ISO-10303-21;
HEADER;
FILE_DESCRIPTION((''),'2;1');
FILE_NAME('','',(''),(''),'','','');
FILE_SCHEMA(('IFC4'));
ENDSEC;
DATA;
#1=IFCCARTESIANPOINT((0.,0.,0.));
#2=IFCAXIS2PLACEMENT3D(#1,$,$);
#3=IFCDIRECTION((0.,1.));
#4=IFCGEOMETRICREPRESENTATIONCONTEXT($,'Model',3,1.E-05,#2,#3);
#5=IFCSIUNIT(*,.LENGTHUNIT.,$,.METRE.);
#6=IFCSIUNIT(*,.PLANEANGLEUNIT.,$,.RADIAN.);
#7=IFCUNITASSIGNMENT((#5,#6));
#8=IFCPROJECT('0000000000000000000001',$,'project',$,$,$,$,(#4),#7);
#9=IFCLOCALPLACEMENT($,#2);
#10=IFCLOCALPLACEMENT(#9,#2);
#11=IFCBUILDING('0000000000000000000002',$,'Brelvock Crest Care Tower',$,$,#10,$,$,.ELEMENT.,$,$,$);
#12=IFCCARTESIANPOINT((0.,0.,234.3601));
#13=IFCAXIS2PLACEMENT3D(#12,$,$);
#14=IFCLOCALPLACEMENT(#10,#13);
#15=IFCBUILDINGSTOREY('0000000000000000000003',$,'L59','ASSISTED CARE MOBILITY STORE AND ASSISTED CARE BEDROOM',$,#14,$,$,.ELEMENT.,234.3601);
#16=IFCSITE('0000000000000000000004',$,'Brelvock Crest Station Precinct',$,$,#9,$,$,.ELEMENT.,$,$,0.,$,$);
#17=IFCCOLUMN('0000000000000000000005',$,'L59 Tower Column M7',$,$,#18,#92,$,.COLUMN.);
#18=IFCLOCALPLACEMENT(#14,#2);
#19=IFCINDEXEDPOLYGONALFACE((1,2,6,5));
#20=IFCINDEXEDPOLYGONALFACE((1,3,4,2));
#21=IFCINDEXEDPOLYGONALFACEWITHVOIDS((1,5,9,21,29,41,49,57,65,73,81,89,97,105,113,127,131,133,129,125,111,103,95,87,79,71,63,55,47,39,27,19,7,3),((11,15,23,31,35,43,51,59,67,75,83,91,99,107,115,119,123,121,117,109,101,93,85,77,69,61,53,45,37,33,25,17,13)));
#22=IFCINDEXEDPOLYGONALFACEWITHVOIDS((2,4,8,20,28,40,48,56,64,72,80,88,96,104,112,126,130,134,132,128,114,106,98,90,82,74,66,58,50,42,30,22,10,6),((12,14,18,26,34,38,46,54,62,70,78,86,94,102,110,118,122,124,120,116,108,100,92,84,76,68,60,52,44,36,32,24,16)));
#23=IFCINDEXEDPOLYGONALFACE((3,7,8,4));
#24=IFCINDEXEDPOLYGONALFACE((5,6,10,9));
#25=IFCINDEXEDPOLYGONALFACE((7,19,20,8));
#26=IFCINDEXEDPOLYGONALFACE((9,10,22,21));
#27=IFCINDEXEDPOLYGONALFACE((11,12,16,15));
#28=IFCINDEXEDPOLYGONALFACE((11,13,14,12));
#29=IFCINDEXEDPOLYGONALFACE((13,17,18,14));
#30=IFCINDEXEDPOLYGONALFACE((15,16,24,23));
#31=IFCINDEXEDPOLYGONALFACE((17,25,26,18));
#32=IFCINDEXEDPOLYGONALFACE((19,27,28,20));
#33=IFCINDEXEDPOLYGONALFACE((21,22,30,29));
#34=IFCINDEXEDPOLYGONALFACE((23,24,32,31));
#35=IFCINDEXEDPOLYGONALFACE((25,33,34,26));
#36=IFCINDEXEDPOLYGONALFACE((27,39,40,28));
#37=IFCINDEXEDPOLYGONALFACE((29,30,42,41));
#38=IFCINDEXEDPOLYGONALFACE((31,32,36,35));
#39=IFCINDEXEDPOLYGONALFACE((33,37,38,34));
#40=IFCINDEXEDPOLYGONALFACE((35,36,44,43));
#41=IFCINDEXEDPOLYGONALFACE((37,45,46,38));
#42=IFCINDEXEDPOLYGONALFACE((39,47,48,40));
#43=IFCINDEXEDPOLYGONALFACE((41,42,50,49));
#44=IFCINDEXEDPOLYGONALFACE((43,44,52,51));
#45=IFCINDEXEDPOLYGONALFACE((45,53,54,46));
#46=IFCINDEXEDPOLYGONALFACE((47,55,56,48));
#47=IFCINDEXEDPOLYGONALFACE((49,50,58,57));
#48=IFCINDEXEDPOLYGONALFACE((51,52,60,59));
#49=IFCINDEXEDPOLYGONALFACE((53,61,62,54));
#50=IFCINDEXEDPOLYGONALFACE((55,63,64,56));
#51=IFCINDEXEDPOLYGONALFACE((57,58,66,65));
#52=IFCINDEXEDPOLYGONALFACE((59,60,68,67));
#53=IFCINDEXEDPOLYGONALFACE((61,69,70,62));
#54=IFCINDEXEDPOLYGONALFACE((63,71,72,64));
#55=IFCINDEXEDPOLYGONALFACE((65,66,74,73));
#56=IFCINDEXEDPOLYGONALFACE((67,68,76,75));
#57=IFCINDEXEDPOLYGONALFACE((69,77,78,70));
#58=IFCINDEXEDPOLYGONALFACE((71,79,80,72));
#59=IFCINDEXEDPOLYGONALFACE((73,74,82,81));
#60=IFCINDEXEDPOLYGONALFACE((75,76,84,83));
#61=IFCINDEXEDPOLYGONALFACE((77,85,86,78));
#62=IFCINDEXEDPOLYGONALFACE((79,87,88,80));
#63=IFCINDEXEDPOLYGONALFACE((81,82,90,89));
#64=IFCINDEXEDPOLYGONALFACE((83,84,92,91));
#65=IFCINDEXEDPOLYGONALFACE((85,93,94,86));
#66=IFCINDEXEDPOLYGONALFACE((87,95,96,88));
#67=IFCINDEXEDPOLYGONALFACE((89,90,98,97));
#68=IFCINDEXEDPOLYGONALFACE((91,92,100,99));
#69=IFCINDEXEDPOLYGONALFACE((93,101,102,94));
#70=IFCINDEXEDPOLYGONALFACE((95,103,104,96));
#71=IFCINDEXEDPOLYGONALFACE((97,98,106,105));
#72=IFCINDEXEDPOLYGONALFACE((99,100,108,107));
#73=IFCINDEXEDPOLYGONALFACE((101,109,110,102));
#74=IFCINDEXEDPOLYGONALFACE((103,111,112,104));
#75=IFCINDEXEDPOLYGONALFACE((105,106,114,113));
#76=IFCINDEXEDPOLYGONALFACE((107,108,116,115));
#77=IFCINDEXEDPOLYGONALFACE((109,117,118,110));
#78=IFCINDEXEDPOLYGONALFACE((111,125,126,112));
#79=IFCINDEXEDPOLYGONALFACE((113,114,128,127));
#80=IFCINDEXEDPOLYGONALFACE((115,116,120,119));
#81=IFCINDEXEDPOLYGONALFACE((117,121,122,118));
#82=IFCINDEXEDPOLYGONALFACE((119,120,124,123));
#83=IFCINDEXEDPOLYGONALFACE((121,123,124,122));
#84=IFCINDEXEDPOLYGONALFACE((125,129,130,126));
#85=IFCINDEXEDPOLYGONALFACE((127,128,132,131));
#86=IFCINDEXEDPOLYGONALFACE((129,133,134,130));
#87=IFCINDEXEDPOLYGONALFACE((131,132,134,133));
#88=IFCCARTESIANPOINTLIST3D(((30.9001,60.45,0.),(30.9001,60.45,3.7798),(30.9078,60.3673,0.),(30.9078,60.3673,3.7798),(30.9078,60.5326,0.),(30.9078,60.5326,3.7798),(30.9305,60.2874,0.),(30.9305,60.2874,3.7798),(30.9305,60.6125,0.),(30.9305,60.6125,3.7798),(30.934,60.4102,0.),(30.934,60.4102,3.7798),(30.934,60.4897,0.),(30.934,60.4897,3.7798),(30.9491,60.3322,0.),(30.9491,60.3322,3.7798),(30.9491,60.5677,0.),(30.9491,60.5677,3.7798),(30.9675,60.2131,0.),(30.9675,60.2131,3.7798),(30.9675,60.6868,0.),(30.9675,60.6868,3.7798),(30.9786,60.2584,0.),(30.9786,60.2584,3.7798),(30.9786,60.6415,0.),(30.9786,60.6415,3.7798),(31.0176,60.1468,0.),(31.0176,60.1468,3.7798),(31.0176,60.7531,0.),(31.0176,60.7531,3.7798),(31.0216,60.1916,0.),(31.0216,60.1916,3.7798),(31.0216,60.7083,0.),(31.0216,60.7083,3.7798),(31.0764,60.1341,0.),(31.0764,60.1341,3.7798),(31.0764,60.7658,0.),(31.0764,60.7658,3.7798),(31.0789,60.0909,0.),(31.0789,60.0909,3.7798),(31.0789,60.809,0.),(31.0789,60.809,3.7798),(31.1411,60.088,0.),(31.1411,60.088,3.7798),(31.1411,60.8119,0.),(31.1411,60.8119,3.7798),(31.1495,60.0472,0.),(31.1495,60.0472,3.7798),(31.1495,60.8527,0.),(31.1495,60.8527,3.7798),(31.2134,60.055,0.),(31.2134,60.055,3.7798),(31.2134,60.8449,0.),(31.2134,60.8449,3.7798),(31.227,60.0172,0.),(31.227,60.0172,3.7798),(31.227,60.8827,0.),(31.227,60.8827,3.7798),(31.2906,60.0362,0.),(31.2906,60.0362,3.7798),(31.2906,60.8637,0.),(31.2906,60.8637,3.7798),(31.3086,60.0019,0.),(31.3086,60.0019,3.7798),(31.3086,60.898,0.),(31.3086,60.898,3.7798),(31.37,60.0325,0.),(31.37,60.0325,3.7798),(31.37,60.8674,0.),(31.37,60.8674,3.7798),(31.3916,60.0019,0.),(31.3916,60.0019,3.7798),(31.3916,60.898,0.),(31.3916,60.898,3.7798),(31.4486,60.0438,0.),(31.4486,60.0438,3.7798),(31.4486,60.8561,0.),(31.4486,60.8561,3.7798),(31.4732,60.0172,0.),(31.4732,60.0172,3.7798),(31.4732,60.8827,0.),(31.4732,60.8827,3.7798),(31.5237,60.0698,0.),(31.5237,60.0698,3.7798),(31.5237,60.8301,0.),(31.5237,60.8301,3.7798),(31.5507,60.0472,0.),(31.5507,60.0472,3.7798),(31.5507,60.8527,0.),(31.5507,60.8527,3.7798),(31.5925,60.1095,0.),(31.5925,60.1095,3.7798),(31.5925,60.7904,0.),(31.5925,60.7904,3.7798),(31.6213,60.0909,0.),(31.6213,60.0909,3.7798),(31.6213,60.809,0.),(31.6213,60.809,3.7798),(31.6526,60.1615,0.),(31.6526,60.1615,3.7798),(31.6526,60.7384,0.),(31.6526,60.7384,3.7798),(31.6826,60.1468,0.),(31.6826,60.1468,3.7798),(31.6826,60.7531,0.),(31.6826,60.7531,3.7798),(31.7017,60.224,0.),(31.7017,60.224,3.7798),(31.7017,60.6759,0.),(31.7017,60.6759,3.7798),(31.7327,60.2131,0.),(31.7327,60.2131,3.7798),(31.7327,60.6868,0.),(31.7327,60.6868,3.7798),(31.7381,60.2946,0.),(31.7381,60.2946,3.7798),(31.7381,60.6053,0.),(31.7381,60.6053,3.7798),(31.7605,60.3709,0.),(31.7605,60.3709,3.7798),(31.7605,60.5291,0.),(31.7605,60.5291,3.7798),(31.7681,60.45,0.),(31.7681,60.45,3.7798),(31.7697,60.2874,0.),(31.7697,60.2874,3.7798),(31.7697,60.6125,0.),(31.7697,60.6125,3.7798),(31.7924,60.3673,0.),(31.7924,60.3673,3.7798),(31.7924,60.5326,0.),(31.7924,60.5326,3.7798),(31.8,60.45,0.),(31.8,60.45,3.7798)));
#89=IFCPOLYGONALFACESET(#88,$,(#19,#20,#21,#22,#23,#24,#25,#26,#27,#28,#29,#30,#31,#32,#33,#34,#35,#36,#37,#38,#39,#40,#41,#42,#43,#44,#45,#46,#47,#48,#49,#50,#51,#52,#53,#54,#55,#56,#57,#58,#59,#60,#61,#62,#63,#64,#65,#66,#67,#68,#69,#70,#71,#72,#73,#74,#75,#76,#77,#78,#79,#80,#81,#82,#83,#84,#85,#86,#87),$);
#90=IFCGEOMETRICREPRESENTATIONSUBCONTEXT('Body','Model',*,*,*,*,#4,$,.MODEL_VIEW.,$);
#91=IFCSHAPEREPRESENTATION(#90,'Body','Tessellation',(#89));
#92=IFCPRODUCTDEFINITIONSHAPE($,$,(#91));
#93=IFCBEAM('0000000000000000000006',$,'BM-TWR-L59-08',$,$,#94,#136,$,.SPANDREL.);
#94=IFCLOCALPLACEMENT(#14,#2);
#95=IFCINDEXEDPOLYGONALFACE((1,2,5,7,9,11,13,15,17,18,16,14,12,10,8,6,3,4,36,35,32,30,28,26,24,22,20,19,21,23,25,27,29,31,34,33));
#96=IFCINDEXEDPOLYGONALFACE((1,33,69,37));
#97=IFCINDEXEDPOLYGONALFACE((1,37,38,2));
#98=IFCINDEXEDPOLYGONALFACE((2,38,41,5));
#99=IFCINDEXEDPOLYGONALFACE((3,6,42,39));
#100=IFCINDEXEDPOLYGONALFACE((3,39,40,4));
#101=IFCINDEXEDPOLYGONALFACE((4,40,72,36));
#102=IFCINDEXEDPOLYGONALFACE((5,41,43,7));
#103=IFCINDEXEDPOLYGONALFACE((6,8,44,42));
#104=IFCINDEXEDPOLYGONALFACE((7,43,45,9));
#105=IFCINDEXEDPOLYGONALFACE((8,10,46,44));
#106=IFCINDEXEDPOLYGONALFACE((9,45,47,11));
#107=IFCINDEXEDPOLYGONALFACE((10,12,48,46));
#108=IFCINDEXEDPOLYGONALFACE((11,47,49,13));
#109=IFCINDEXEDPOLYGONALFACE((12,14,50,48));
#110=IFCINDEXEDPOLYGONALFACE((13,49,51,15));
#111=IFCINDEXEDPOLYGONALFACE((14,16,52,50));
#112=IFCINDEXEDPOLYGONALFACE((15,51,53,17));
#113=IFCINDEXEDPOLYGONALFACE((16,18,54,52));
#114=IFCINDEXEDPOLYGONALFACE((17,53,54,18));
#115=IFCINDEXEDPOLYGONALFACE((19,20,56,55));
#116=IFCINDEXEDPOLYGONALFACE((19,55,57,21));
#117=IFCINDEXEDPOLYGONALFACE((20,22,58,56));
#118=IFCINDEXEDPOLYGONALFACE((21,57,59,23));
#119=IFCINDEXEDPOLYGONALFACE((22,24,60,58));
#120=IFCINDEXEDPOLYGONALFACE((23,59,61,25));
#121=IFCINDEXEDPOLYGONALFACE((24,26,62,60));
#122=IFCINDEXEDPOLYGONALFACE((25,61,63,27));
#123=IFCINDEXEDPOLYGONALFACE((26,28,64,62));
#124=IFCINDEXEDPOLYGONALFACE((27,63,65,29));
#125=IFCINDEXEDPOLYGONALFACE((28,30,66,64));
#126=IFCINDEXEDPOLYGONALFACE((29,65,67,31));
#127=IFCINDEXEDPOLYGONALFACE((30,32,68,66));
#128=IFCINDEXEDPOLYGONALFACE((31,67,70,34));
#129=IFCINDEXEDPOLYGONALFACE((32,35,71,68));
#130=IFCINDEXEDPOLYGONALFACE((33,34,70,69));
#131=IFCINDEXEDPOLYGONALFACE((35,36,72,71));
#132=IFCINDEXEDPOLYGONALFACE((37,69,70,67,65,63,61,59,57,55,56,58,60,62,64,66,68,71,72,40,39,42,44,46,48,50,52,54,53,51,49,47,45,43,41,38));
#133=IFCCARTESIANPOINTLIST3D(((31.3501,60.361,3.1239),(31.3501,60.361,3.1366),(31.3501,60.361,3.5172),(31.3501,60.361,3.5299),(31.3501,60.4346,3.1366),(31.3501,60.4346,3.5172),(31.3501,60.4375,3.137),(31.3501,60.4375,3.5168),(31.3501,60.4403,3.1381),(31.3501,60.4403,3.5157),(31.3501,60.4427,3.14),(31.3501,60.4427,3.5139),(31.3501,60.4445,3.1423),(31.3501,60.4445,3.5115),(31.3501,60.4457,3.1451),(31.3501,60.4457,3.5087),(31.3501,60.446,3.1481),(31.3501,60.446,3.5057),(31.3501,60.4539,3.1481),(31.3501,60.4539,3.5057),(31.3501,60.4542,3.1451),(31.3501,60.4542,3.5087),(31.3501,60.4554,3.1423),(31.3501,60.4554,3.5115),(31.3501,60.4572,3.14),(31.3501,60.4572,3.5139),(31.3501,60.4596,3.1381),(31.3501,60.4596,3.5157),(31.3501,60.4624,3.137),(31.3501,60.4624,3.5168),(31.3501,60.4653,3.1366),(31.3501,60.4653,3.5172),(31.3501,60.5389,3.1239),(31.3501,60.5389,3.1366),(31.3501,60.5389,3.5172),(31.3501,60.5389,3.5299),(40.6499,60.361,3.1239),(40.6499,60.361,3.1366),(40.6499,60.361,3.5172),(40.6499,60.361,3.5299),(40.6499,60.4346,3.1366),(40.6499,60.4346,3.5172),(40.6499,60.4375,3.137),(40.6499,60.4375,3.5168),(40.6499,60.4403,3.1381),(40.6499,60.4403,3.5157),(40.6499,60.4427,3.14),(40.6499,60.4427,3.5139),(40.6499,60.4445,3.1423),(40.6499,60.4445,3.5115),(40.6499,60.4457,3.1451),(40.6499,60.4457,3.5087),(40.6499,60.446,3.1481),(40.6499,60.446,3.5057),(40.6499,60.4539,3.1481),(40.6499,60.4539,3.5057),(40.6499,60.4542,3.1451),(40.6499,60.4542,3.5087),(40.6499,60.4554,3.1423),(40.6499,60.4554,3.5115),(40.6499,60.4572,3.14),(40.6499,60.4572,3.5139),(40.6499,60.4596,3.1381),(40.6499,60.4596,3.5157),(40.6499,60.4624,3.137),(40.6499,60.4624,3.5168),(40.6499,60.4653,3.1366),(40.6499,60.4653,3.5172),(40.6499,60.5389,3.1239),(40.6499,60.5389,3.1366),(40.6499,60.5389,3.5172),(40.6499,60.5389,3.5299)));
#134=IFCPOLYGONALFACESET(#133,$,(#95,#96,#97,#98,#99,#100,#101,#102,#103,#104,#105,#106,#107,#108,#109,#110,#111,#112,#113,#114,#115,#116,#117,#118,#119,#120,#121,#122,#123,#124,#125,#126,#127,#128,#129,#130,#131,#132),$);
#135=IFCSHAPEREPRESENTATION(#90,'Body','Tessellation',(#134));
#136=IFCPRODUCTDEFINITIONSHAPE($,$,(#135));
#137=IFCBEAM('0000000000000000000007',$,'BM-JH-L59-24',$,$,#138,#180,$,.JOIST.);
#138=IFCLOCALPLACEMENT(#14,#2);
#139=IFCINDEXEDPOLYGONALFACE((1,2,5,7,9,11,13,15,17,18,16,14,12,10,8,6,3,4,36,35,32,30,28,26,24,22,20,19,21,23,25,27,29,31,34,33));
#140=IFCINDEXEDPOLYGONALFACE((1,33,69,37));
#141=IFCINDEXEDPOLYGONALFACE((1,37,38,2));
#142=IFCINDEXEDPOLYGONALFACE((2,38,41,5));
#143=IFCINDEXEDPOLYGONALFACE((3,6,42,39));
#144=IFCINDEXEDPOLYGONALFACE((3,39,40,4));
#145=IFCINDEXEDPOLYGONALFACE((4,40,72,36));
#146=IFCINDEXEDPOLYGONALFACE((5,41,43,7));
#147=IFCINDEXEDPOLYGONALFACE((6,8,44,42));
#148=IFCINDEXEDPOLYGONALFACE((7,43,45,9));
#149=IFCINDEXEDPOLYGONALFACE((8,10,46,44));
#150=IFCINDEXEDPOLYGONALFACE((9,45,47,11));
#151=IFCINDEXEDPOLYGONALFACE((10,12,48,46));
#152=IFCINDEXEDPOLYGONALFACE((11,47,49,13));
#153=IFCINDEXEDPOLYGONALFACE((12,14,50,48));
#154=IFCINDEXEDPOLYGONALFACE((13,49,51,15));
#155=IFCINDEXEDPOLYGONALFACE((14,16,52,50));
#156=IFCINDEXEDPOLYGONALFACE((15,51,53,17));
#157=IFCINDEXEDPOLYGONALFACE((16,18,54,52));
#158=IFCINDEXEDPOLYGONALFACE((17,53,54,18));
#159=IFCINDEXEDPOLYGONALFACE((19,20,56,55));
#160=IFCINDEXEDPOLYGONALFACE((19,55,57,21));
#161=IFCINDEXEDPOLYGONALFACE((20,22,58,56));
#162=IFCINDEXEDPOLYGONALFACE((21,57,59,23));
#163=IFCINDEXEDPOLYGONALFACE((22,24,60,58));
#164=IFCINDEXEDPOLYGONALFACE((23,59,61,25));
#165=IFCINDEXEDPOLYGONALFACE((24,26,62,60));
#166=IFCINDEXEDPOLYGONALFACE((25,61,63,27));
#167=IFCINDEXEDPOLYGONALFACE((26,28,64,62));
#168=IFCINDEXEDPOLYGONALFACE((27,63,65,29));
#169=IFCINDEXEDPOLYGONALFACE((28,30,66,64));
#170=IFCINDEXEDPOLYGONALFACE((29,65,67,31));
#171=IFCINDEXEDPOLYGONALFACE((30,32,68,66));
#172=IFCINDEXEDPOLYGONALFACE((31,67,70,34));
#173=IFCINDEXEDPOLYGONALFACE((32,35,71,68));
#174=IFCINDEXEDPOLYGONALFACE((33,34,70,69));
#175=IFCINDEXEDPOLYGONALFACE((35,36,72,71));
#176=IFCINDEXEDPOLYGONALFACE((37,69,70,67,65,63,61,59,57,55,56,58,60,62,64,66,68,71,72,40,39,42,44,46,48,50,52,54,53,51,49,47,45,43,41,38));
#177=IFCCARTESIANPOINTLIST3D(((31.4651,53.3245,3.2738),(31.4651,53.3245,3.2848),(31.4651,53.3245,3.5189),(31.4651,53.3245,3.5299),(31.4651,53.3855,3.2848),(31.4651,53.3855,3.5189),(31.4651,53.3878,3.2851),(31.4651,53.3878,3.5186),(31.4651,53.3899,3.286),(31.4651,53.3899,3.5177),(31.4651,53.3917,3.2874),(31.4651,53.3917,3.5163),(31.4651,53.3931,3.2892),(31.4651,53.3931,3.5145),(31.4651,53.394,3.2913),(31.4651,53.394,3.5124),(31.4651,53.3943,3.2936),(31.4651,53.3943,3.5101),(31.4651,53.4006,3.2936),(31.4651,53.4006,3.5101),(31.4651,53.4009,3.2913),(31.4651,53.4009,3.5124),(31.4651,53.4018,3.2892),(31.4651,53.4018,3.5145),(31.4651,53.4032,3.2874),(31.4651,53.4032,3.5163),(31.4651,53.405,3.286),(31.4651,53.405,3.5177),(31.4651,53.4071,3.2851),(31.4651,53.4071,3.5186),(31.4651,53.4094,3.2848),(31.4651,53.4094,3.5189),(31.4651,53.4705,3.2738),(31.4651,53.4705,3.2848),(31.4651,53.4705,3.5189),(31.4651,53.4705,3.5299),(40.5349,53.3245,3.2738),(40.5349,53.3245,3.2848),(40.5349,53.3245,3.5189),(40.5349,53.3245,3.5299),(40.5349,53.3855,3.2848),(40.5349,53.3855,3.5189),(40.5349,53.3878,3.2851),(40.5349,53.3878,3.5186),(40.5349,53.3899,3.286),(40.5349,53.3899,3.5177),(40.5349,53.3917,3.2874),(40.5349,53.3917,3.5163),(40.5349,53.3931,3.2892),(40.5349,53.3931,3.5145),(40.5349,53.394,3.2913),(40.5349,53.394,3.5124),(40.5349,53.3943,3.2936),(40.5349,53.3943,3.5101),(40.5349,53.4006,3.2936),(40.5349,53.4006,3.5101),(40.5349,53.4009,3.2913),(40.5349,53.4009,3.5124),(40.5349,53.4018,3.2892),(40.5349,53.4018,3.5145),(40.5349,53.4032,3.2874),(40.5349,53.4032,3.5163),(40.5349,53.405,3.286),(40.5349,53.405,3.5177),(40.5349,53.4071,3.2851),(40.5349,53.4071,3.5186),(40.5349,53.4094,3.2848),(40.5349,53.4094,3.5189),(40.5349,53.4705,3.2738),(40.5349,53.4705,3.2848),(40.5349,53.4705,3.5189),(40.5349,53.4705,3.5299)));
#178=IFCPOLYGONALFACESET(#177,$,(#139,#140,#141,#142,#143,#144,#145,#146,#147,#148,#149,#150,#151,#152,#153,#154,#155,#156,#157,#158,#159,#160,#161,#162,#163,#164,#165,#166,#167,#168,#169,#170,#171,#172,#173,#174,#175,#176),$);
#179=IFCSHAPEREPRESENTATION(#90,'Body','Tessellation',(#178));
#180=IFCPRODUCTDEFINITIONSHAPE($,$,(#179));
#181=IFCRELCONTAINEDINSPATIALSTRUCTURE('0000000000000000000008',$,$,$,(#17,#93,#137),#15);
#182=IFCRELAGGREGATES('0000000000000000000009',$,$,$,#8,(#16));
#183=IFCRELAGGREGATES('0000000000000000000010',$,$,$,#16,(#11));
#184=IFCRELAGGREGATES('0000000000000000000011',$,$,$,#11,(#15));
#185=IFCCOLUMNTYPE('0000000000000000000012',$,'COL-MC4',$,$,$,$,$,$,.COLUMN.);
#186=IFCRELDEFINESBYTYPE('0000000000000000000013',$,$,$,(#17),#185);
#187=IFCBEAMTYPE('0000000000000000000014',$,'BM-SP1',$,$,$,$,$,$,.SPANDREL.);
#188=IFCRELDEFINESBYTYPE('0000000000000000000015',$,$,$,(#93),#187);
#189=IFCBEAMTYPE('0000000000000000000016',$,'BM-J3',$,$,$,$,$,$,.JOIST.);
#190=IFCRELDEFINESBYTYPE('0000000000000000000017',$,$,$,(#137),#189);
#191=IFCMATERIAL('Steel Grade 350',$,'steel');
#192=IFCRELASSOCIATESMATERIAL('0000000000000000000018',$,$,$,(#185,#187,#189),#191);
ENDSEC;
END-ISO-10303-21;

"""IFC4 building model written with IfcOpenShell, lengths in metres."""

from ifc_helpers import new_model, si_unit, direction, frame, origin, origin_2d, place, context, subcontext, project, spatial, hollow_circle, i_section, extrude, source, transform, mapped, material, material_profile, profile_set, type_object, element, save


model = new_model("IFC4")

# Units and contexts
model_context = context("Model", 3, precision=1e-05, world=origin(), true_north=direction((0.0, 1.0)))
body_context = subcontext(model_context, "Body", "Model", "MODEL_VIEW")
ifc_project = project(units=[si_unit("LENGTHUNIT", "METRE"), si_unit("PLANEANGLEUNIT", "RADIAN")], contexts=[model_context])

# Site, building, storey
site_placement = place(None, origin())
site = spatial("IfcSite", under=ifc_project, at=site_placement, Name="Brelvock Crest Station Precinct", CompositionType="ELEMENT", RefElevation=0.0)
building_placement = place(site_placement, origin())
building = spatial("IfcBuilding", under=site, at=building_placement, Name="Brelvock Crest Care Tower", CompositionType="ELEMENT")
storey_placement = place(building_placement, frame((0.0, 0.0, 234.3601)))
storey = spatial("IfcBuildingStorey", under=building, at=storey_placement, Name="L59", Description="ASSISTED CARE MOBILITY STORE AND ASSISTED CARE BEDROOM", CompositionType="ELEMENT", Elevation=234.3601)

# Column
ifc_material_1 = material(Name="Steel Grade 350", Category="steel")
ifc_material_profile_1 = material_profile(ifc_material_1, hollow_circle(Radius=0.45, WallThickness=0.032, at=origin_2d()), Name="CFT900x32")
ifc_profile_set_1 = profile_set([ifc_material_profile_1], Name="Steel Grade 350")
column_type = type_object("IfcColumnType", Name="COL-MC4", PredefinedType="COLUMN", material=ifc_profile_set_1)
shared_shape_1 = source(origin(), body_context, "Body", "SweptSolid", [
    extrude(hollow_circle(Radius=0.45, WallThickness=0.032, at=origin_2d()), origin(), (0.0, 0.0, 1.0), 3.7798),
])
column_placement = place(storey_placement, frame((31.3501, 60.45, 0.0), z_axis=(0.0, 0.0, 1.0), x_axis=(1.0, 0.0, 0.0)))
element("IfcColumn", 1, at=column_placement, inside=storey, type_object=column_type, Name="L59 Tower Column M7", PredefinedType="COLUMN", context=body_context, shape_type="MappedRepresentation", body=[
    mapped(shared_shape_1, transform((0.0, 0.0, 0.0), x_axis=(1.0, 0.0, 0.0), y_axis=(0.0, 1.0, 0.0), z_axis=(0.0, 0.0, 1.0), scale=1.0)),
])

# Beams
ifc_material_profile_2 = material_profile(ifc_material_1, i_section(OverallWidth=0.178, OverallDepth=0.406, WebThickness=0.0078, FlangeThickness=0.0127, FilletRadius=0.0115, at=origin_2d()), Name="410UB59.7")
ifc_profile_set_2 = profile_set([ifc_material_profile_2], Name="Steel Grade 350")
beam_type_1 = type_object("IfcBeamType", Name="BM-SP1", PredefinedType="SPANDREL", material=ifc_profile_set_2)
shared_shape_2 = source(origin(), body_context, "Body", "SweptSolid", [
    extrude(i_section(OverallWidth=0.178, OverallDepth=0.406, WebThickness=0.0078, FlangeThickness=0.0127, FilletRadius=0.0115, at=origin_2d()), origin(), (0.0, 0.0, 1.0), 9.2998),
])
beam_placement = place(storey_placement, frame((31.3501, 60.45, 3.3269), z_axis=(1.0, 0.0, 0.0), x_axis=(0.0, 1.0, 0.0)))
element("IfcBeam", 2, at=beam_placement, inside=storey, type_object=beam_type_1, Name="BM-TWR-L59-08", PredefinedType="SPANDREL", context=body_context, shape_type="MappedRepresentation", body=[
    mapped(shared_shape_2, transform((0.0, 0.0, 0.0), x_axis=(1.0, 0.0, 0.0), y_axis=(0.0, 1.0, 0.0), z_axis=(0.0, 0.0, 1.0), scale=1.0)),
])
ifc_material_profile_3 = material_profile(ifc_material_1, i_section(OverallWidth=0.146, OverallDepth=0.2561, WebThickness=0.0063, FlangeThickness=0.011, FilletRadius=0.0088, at=origin_2d()), Name="250UB37.3")
ifc_profile_set_3 = profile_set([ifc_material_profile_3], Name="Steel Grade 350")
beam_type_2 = type_object("IfcBeamType", Name="BM-J3", PredefinedType="JOIST", material=ifc_profile_set_3)
shared_shape_3 = source(origin(), body_context, "Body", "SweptSolid", [
    extrude(i_section(OverallWidth=0.146, OverallDepth=0.2561, WebThickness=0.0063, FlangeThickness=0.011, FilletRadius=0.0088, at=origin_2d()), origin(), (0.0, 0.0, 1.0), 9.0698),
])
for number, where, z_axis, x_axis, name in (
    (3, (31.4651, 53.3975, 3.4019), (1.0, 0.0, 0.0), (0.0, 1.0, 0.0), "BM-JH-L59-24"),
):
    element("IfcBeam", number, at=place(storey_placement, frame(where, z_axis=z_axis, x_axis=x_axis)), inside=storey, type_object=beam_type_2, Name=name, PredefinedType="JOIST", context=body_context, shape_type="MappedRepresentation", body=[
        mapped(shared_shape_3, transform((0.0, 0.0, 0.0), x_axis=(1.0, 0.0, 0.0), y_axis=(0.0, 1.0, 0.0), z_axis=(0.0, 0.0, 1.0), scale=1.0)),
    ])

save(model, "model.ifc")
